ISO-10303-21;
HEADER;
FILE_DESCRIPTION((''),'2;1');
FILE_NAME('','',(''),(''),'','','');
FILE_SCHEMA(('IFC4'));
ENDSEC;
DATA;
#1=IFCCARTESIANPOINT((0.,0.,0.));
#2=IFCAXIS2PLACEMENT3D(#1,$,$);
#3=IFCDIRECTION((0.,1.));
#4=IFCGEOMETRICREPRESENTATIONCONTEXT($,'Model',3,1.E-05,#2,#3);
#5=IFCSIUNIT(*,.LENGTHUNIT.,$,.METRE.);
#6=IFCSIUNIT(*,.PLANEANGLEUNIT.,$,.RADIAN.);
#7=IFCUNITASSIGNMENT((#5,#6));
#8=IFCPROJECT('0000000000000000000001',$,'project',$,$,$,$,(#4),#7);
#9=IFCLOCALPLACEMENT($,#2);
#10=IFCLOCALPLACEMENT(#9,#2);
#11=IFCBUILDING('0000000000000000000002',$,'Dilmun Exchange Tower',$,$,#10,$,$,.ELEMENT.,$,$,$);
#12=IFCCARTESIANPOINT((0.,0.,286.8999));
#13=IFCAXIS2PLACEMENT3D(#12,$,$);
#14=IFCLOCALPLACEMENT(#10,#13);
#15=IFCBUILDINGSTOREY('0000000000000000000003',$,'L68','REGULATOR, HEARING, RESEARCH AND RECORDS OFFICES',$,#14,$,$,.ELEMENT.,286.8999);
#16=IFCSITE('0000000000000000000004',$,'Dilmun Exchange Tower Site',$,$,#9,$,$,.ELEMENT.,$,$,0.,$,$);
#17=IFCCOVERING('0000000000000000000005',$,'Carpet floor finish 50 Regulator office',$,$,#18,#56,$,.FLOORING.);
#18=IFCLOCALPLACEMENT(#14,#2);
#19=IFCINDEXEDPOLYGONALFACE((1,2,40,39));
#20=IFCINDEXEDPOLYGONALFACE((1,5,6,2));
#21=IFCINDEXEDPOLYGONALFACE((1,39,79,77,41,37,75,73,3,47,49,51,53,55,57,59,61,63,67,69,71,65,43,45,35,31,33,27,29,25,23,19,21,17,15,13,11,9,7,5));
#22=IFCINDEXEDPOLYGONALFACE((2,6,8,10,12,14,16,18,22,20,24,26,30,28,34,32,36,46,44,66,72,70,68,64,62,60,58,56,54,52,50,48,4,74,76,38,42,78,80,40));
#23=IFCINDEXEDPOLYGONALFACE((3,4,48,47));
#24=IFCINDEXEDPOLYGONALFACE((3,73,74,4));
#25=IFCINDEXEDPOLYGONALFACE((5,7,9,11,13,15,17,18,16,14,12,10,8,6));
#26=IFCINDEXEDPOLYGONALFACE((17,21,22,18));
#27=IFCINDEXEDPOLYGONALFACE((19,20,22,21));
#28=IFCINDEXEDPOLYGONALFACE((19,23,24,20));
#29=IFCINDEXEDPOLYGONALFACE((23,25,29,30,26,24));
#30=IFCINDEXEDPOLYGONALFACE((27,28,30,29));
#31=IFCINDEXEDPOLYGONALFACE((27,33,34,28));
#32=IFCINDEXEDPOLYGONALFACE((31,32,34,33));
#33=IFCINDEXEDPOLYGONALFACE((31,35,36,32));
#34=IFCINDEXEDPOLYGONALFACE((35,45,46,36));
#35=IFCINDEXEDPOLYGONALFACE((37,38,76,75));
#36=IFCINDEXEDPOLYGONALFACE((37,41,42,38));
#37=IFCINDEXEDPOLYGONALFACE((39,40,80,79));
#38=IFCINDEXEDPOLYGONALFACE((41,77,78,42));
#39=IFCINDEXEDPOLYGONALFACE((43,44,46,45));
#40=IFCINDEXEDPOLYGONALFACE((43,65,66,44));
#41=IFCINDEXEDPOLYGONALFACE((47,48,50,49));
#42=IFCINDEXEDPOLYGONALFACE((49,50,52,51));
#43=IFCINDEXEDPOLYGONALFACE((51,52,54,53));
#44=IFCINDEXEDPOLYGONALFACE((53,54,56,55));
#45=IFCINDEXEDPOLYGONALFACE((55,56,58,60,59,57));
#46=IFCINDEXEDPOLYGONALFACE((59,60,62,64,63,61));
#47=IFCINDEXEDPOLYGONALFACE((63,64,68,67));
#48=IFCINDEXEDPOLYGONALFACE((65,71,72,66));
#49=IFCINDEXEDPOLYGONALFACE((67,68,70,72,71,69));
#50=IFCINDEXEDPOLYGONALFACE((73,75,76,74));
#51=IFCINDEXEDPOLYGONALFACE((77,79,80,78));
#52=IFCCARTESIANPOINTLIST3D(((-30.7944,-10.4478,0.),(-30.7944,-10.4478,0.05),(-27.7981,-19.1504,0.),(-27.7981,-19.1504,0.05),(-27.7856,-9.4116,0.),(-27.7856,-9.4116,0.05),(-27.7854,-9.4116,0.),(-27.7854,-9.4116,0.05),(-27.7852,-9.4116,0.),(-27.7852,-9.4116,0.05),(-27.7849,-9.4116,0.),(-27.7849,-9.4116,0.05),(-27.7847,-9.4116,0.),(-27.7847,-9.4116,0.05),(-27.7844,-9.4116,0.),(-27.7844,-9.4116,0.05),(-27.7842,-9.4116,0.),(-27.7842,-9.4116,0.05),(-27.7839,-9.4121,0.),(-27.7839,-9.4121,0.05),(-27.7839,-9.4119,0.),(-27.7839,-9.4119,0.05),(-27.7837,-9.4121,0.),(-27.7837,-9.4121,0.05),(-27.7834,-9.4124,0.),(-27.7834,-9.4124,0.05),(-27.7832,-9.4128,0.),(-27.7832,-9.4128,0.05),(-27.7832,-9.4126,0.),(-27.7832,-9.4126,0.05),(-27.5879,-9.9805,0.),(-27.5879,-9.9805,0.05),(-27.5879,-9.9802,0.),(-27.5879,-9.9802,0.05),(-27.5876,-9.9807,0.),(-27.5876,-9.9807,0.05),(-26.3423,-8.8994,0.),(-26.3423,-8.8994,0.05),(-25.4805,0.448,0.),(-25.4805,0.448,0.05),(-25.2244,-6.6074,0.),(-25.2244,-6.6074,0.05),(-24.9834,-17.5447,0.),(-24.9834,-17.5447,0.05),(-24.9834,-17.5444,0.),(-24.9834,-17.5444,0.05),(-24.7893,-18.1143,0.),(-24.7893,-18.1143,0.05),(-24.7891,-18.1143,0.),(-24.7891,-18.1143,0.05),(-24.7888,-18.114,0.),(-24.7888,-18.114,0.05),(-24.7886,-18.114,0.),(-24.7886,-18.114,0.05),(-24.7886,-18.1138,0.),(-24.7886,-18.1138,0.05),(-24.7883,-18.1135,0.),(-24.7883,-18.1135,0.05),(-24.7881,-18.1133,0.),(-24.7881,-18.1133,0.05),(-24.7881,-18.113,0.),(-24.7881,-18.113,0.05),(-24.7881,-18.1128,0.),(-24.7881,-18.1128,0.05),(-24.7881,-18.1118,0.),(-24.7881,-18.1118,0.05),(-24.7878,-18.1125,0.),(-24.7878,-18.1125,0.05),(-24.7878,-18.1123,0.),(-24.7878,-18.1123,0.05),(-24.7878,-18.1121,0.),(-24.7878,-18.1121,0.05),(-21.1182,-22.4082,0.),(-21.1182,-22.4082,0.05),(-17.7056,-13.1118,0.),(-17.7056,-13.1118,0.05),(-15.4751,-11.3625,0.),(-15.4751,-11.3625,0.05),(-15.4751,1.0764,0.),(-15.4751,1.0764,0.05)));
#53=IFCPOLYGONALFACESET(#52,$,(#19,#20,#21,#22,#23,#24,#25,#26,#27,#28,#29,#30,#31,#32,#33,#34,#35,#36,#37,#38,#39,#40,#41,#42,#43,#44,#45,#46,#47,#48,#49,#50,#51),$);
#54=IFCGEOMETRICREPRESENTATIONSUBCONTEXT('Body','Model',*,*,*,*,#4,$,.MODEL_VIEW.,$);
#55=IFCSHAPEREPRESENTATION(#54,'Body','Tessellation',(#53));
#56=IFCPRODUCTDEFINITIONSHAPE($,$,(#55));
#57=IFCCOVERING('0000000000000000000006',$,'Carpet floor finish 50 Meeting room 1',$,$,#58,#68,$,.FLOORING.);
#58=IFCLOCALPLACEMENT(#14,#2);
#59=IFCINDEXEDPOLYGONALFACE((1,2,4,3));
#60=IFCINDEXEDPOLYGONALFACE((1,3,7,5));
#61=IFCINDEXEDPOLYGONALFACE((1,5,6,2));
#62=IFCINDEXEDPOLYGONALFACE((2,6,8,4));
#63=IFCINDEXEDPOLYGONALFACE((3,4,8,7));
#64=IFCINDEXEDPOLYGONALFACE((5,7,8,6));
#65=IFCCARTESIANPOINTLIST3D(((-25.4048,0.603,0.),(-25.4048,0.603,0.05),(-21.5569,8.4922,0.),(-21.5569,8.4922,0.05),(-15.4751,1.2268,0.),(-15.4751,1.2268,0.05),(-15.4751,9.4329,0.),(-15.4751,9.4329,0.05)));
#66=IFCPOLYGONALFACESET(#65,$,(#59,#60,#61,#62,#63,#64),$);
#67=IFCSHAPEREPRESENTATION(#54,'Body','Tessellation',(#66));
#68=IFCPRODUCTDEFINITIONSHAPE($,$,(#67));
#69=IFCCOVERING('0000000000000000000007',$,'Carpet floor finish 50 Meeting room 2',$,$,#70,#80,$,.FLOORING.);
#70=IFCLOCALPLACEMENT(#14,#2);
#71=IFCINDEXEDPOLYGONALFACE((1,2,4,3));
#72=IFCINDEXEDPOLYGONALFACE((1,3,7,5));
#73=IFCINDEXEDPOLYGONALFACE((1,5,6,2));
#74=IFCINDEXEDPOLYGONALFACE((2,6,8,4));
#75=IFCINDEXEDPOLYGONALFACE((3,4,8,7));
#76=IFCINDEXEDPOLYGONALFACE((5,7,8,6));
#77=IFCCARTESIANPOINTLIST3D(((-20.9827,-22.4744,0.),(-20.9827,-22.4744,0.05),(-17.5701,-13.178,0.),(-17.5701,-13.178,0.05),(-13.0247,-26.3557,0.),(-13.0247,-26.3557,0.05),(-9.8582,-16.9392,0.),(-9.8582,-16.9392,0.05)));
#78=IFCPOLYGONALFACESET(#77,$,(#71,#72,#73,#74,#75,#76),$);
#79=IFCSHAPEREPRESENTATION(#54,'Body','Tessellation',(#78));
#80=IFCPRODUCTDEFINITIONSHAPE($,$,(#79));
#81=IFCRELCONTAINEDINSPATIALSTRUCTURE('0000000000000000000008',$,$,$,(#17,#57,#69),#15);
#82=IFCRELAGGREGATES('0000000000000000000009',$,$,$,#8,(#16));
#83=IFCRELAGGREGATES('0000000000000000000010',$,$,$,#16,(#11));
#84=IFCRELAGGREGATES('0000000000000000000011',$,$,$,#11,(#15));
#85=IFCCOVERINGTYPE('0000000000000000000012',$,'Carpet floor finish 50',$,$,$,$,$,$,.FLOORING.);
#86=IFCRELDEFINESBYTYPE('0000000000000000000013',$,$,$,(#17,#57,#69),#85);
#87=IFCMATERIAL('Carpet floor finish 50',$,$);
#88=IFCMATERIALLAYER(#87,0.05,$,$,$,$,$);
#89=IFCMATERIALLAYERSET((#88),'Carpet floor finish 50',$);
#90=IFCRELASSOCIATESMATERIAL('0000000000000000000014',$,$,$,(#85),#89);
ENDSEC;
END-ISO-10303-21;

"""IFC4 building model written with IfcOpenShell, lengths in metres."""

from ifc_helpers import new_model, si_unit, direction, frame, origin, place, context, subcontext, project, spatial, polyline, outline, extrude, material, layer, layer_set, type_object, element, save


model = new_model("IFC4")

# Units and contexts
model_context = context("Model", 3, precision=1e-05, world=origin(), true_north=direction((0.0, 1.0)))
body_context = subcontext(model_context, "Body", "Model", "MODEL_VIEW")
ifc_project = project(units=[si_unit("LENGTHUNIT", "METRE"), si_unit("PLANEANGLEUNIT", "RADIAN")], contexts=[model_context])

# Site, building, storey
site_placement = place(None, origin())
site = spatial("IfcSite", under=ifc_project, at=site_placement, Name="Dilmun Exchange Tower Site", CompositionType="ELEMENT", RefElevation=0.0)
building_placement = place(site_placement, origin())
building = spatial("IfcBuilding", under=site, at=building_placement, Name="Dilmun Exchange Tower", CompositionType="ELEMENT")
storey_placement = place(building_placement, frame((0.0, 0.0, 286.8999)))
storey = spatial("IfcBuildingStorey", under=building, at=storey_placement, Name="L68", Description="REGULATOR, HEARING, RESEARCH AND RECORDS OFFICES", CompositionType="ELEMENT", Elevation=286.8999)

# Coverings
ifc_material_1 = material(Name="Carpet floor finish 50")
ifc_layer_1 = layer(ifc_material_1, 0.05)
ifc_layer_set_1 = layer_set([ifc_layer_1], Name="Carpet floor finish 50")
covering_type_1 = type_object("IfcCoveringType", Name="Carpet floor finish 50", PredefinedType="FLOORING", material=ifc_layer_set_1)
covering_1_placement = place(storey_placement, origin())
element("IfcCovering", 1, at=covering_1_placement, inside=storey, type_object=covering_type_1, Name="Carpet floor finish 50 Regulator office", PredefinedType="FLOORING", context=body_context, shape_type="SweptSolid", body=[
    extrude(outline(polyline([(-15.4751, 1.0764), (-15.4751, -11.3625), (-25.2244, -6.6074), (-26.3423, -8.8994), (-17.7056, -13.1118), (-21.1182, -22.4082), (-27.7981, -19.1504), (-24.7893, -18.1143), (-24.7891, -18.1143), (-24.7888, -18.114), (-24.7888, -18.114), (-24.7886, -18.114), (-24.7886, -18.1138), (-24.7883, -18.1135), (-24.7881, -18.1133), (-24.7881, -18.1133), (-24.7881, -18.113), (-24.7881, -18.1128), (-24.7881, -18.1128), (-24.7878, -18.1125), (-24.7878, -18.1123), (-24.7878, -18.1121), (-24.7881, -18.1118), (-24.7881, -18.1118), (-24.9834, -17.5447), (-24.9834, -17.5447), (-24.9834, -17.5444), (-27.5876, -9.9807), (-27.5876, -9.9807), (-27.5879, -9.9805), (-27.5879, -9.9802), (-27.7832, -9.4128), (-27.7832, -9.4126), (-27.7832, -9.4126), (-27.7834, -9.4124), (-27.7837, -9.4121), (-27.7837, -9.4121), (-27.7839, -9.4121), (-27.7839, -9.4119), (-27.7842, -9.4116), (-27.7844, -9.4116), (-27.7847, -9.4116), (-27.7849, -9.4116), (-27.7849, -9.4116), (-27.7852, -9.4116), (-27.7854, -9.4116), (-27.7854, -9.4116), (-27.7856, -9.4116), (-30.7944, -10.4478), (-25.4805, 0.448), (-15.4751, 1.0764)])), origin(), (0.0, 0.0, 1.0), 0.05),
])
covering_2_placement = place(storey_placement, origin())
element("IfcCovering", 2, at=covering_2_placement, inside=storey, type_object=covering_type_1, Name="Carpet floor finish 50 Meeting room 1", PredefinedType="FLOORING", context=body_context, shape_type="SweptSolid", body=[
    extrude(outline(polyline([(-15.4751, 9.4329), (-15.4751, 1.2268), (-25.4048, 0.603), (-21.5569, 8.4922), (-15.4751, 9.4329)])), origin(), (0.0, 0.0, 1.0), 0.05),
])
covering_3_placement = place(storey_placement, origin())
element("IfcCovering", 3, at=covering_3_placement, inside=storey, type_object=covering_type_1, Name="Carpet floor finish 50 Meeting room 2", PredefinedType="FLOORING", context=body_context, shape_type="SweptSolid", body=[
    extrude(outline(polyline([(-17.5701, -13.178), (-9.8582, -16.9392), (-13.0247, -26.3557), (-20.9827, -22.4744), (-17.5701, -13.178)])), origin(), (0.0, 0.0, 1.0), 0.05),
])

save(model, "model.ifc")
